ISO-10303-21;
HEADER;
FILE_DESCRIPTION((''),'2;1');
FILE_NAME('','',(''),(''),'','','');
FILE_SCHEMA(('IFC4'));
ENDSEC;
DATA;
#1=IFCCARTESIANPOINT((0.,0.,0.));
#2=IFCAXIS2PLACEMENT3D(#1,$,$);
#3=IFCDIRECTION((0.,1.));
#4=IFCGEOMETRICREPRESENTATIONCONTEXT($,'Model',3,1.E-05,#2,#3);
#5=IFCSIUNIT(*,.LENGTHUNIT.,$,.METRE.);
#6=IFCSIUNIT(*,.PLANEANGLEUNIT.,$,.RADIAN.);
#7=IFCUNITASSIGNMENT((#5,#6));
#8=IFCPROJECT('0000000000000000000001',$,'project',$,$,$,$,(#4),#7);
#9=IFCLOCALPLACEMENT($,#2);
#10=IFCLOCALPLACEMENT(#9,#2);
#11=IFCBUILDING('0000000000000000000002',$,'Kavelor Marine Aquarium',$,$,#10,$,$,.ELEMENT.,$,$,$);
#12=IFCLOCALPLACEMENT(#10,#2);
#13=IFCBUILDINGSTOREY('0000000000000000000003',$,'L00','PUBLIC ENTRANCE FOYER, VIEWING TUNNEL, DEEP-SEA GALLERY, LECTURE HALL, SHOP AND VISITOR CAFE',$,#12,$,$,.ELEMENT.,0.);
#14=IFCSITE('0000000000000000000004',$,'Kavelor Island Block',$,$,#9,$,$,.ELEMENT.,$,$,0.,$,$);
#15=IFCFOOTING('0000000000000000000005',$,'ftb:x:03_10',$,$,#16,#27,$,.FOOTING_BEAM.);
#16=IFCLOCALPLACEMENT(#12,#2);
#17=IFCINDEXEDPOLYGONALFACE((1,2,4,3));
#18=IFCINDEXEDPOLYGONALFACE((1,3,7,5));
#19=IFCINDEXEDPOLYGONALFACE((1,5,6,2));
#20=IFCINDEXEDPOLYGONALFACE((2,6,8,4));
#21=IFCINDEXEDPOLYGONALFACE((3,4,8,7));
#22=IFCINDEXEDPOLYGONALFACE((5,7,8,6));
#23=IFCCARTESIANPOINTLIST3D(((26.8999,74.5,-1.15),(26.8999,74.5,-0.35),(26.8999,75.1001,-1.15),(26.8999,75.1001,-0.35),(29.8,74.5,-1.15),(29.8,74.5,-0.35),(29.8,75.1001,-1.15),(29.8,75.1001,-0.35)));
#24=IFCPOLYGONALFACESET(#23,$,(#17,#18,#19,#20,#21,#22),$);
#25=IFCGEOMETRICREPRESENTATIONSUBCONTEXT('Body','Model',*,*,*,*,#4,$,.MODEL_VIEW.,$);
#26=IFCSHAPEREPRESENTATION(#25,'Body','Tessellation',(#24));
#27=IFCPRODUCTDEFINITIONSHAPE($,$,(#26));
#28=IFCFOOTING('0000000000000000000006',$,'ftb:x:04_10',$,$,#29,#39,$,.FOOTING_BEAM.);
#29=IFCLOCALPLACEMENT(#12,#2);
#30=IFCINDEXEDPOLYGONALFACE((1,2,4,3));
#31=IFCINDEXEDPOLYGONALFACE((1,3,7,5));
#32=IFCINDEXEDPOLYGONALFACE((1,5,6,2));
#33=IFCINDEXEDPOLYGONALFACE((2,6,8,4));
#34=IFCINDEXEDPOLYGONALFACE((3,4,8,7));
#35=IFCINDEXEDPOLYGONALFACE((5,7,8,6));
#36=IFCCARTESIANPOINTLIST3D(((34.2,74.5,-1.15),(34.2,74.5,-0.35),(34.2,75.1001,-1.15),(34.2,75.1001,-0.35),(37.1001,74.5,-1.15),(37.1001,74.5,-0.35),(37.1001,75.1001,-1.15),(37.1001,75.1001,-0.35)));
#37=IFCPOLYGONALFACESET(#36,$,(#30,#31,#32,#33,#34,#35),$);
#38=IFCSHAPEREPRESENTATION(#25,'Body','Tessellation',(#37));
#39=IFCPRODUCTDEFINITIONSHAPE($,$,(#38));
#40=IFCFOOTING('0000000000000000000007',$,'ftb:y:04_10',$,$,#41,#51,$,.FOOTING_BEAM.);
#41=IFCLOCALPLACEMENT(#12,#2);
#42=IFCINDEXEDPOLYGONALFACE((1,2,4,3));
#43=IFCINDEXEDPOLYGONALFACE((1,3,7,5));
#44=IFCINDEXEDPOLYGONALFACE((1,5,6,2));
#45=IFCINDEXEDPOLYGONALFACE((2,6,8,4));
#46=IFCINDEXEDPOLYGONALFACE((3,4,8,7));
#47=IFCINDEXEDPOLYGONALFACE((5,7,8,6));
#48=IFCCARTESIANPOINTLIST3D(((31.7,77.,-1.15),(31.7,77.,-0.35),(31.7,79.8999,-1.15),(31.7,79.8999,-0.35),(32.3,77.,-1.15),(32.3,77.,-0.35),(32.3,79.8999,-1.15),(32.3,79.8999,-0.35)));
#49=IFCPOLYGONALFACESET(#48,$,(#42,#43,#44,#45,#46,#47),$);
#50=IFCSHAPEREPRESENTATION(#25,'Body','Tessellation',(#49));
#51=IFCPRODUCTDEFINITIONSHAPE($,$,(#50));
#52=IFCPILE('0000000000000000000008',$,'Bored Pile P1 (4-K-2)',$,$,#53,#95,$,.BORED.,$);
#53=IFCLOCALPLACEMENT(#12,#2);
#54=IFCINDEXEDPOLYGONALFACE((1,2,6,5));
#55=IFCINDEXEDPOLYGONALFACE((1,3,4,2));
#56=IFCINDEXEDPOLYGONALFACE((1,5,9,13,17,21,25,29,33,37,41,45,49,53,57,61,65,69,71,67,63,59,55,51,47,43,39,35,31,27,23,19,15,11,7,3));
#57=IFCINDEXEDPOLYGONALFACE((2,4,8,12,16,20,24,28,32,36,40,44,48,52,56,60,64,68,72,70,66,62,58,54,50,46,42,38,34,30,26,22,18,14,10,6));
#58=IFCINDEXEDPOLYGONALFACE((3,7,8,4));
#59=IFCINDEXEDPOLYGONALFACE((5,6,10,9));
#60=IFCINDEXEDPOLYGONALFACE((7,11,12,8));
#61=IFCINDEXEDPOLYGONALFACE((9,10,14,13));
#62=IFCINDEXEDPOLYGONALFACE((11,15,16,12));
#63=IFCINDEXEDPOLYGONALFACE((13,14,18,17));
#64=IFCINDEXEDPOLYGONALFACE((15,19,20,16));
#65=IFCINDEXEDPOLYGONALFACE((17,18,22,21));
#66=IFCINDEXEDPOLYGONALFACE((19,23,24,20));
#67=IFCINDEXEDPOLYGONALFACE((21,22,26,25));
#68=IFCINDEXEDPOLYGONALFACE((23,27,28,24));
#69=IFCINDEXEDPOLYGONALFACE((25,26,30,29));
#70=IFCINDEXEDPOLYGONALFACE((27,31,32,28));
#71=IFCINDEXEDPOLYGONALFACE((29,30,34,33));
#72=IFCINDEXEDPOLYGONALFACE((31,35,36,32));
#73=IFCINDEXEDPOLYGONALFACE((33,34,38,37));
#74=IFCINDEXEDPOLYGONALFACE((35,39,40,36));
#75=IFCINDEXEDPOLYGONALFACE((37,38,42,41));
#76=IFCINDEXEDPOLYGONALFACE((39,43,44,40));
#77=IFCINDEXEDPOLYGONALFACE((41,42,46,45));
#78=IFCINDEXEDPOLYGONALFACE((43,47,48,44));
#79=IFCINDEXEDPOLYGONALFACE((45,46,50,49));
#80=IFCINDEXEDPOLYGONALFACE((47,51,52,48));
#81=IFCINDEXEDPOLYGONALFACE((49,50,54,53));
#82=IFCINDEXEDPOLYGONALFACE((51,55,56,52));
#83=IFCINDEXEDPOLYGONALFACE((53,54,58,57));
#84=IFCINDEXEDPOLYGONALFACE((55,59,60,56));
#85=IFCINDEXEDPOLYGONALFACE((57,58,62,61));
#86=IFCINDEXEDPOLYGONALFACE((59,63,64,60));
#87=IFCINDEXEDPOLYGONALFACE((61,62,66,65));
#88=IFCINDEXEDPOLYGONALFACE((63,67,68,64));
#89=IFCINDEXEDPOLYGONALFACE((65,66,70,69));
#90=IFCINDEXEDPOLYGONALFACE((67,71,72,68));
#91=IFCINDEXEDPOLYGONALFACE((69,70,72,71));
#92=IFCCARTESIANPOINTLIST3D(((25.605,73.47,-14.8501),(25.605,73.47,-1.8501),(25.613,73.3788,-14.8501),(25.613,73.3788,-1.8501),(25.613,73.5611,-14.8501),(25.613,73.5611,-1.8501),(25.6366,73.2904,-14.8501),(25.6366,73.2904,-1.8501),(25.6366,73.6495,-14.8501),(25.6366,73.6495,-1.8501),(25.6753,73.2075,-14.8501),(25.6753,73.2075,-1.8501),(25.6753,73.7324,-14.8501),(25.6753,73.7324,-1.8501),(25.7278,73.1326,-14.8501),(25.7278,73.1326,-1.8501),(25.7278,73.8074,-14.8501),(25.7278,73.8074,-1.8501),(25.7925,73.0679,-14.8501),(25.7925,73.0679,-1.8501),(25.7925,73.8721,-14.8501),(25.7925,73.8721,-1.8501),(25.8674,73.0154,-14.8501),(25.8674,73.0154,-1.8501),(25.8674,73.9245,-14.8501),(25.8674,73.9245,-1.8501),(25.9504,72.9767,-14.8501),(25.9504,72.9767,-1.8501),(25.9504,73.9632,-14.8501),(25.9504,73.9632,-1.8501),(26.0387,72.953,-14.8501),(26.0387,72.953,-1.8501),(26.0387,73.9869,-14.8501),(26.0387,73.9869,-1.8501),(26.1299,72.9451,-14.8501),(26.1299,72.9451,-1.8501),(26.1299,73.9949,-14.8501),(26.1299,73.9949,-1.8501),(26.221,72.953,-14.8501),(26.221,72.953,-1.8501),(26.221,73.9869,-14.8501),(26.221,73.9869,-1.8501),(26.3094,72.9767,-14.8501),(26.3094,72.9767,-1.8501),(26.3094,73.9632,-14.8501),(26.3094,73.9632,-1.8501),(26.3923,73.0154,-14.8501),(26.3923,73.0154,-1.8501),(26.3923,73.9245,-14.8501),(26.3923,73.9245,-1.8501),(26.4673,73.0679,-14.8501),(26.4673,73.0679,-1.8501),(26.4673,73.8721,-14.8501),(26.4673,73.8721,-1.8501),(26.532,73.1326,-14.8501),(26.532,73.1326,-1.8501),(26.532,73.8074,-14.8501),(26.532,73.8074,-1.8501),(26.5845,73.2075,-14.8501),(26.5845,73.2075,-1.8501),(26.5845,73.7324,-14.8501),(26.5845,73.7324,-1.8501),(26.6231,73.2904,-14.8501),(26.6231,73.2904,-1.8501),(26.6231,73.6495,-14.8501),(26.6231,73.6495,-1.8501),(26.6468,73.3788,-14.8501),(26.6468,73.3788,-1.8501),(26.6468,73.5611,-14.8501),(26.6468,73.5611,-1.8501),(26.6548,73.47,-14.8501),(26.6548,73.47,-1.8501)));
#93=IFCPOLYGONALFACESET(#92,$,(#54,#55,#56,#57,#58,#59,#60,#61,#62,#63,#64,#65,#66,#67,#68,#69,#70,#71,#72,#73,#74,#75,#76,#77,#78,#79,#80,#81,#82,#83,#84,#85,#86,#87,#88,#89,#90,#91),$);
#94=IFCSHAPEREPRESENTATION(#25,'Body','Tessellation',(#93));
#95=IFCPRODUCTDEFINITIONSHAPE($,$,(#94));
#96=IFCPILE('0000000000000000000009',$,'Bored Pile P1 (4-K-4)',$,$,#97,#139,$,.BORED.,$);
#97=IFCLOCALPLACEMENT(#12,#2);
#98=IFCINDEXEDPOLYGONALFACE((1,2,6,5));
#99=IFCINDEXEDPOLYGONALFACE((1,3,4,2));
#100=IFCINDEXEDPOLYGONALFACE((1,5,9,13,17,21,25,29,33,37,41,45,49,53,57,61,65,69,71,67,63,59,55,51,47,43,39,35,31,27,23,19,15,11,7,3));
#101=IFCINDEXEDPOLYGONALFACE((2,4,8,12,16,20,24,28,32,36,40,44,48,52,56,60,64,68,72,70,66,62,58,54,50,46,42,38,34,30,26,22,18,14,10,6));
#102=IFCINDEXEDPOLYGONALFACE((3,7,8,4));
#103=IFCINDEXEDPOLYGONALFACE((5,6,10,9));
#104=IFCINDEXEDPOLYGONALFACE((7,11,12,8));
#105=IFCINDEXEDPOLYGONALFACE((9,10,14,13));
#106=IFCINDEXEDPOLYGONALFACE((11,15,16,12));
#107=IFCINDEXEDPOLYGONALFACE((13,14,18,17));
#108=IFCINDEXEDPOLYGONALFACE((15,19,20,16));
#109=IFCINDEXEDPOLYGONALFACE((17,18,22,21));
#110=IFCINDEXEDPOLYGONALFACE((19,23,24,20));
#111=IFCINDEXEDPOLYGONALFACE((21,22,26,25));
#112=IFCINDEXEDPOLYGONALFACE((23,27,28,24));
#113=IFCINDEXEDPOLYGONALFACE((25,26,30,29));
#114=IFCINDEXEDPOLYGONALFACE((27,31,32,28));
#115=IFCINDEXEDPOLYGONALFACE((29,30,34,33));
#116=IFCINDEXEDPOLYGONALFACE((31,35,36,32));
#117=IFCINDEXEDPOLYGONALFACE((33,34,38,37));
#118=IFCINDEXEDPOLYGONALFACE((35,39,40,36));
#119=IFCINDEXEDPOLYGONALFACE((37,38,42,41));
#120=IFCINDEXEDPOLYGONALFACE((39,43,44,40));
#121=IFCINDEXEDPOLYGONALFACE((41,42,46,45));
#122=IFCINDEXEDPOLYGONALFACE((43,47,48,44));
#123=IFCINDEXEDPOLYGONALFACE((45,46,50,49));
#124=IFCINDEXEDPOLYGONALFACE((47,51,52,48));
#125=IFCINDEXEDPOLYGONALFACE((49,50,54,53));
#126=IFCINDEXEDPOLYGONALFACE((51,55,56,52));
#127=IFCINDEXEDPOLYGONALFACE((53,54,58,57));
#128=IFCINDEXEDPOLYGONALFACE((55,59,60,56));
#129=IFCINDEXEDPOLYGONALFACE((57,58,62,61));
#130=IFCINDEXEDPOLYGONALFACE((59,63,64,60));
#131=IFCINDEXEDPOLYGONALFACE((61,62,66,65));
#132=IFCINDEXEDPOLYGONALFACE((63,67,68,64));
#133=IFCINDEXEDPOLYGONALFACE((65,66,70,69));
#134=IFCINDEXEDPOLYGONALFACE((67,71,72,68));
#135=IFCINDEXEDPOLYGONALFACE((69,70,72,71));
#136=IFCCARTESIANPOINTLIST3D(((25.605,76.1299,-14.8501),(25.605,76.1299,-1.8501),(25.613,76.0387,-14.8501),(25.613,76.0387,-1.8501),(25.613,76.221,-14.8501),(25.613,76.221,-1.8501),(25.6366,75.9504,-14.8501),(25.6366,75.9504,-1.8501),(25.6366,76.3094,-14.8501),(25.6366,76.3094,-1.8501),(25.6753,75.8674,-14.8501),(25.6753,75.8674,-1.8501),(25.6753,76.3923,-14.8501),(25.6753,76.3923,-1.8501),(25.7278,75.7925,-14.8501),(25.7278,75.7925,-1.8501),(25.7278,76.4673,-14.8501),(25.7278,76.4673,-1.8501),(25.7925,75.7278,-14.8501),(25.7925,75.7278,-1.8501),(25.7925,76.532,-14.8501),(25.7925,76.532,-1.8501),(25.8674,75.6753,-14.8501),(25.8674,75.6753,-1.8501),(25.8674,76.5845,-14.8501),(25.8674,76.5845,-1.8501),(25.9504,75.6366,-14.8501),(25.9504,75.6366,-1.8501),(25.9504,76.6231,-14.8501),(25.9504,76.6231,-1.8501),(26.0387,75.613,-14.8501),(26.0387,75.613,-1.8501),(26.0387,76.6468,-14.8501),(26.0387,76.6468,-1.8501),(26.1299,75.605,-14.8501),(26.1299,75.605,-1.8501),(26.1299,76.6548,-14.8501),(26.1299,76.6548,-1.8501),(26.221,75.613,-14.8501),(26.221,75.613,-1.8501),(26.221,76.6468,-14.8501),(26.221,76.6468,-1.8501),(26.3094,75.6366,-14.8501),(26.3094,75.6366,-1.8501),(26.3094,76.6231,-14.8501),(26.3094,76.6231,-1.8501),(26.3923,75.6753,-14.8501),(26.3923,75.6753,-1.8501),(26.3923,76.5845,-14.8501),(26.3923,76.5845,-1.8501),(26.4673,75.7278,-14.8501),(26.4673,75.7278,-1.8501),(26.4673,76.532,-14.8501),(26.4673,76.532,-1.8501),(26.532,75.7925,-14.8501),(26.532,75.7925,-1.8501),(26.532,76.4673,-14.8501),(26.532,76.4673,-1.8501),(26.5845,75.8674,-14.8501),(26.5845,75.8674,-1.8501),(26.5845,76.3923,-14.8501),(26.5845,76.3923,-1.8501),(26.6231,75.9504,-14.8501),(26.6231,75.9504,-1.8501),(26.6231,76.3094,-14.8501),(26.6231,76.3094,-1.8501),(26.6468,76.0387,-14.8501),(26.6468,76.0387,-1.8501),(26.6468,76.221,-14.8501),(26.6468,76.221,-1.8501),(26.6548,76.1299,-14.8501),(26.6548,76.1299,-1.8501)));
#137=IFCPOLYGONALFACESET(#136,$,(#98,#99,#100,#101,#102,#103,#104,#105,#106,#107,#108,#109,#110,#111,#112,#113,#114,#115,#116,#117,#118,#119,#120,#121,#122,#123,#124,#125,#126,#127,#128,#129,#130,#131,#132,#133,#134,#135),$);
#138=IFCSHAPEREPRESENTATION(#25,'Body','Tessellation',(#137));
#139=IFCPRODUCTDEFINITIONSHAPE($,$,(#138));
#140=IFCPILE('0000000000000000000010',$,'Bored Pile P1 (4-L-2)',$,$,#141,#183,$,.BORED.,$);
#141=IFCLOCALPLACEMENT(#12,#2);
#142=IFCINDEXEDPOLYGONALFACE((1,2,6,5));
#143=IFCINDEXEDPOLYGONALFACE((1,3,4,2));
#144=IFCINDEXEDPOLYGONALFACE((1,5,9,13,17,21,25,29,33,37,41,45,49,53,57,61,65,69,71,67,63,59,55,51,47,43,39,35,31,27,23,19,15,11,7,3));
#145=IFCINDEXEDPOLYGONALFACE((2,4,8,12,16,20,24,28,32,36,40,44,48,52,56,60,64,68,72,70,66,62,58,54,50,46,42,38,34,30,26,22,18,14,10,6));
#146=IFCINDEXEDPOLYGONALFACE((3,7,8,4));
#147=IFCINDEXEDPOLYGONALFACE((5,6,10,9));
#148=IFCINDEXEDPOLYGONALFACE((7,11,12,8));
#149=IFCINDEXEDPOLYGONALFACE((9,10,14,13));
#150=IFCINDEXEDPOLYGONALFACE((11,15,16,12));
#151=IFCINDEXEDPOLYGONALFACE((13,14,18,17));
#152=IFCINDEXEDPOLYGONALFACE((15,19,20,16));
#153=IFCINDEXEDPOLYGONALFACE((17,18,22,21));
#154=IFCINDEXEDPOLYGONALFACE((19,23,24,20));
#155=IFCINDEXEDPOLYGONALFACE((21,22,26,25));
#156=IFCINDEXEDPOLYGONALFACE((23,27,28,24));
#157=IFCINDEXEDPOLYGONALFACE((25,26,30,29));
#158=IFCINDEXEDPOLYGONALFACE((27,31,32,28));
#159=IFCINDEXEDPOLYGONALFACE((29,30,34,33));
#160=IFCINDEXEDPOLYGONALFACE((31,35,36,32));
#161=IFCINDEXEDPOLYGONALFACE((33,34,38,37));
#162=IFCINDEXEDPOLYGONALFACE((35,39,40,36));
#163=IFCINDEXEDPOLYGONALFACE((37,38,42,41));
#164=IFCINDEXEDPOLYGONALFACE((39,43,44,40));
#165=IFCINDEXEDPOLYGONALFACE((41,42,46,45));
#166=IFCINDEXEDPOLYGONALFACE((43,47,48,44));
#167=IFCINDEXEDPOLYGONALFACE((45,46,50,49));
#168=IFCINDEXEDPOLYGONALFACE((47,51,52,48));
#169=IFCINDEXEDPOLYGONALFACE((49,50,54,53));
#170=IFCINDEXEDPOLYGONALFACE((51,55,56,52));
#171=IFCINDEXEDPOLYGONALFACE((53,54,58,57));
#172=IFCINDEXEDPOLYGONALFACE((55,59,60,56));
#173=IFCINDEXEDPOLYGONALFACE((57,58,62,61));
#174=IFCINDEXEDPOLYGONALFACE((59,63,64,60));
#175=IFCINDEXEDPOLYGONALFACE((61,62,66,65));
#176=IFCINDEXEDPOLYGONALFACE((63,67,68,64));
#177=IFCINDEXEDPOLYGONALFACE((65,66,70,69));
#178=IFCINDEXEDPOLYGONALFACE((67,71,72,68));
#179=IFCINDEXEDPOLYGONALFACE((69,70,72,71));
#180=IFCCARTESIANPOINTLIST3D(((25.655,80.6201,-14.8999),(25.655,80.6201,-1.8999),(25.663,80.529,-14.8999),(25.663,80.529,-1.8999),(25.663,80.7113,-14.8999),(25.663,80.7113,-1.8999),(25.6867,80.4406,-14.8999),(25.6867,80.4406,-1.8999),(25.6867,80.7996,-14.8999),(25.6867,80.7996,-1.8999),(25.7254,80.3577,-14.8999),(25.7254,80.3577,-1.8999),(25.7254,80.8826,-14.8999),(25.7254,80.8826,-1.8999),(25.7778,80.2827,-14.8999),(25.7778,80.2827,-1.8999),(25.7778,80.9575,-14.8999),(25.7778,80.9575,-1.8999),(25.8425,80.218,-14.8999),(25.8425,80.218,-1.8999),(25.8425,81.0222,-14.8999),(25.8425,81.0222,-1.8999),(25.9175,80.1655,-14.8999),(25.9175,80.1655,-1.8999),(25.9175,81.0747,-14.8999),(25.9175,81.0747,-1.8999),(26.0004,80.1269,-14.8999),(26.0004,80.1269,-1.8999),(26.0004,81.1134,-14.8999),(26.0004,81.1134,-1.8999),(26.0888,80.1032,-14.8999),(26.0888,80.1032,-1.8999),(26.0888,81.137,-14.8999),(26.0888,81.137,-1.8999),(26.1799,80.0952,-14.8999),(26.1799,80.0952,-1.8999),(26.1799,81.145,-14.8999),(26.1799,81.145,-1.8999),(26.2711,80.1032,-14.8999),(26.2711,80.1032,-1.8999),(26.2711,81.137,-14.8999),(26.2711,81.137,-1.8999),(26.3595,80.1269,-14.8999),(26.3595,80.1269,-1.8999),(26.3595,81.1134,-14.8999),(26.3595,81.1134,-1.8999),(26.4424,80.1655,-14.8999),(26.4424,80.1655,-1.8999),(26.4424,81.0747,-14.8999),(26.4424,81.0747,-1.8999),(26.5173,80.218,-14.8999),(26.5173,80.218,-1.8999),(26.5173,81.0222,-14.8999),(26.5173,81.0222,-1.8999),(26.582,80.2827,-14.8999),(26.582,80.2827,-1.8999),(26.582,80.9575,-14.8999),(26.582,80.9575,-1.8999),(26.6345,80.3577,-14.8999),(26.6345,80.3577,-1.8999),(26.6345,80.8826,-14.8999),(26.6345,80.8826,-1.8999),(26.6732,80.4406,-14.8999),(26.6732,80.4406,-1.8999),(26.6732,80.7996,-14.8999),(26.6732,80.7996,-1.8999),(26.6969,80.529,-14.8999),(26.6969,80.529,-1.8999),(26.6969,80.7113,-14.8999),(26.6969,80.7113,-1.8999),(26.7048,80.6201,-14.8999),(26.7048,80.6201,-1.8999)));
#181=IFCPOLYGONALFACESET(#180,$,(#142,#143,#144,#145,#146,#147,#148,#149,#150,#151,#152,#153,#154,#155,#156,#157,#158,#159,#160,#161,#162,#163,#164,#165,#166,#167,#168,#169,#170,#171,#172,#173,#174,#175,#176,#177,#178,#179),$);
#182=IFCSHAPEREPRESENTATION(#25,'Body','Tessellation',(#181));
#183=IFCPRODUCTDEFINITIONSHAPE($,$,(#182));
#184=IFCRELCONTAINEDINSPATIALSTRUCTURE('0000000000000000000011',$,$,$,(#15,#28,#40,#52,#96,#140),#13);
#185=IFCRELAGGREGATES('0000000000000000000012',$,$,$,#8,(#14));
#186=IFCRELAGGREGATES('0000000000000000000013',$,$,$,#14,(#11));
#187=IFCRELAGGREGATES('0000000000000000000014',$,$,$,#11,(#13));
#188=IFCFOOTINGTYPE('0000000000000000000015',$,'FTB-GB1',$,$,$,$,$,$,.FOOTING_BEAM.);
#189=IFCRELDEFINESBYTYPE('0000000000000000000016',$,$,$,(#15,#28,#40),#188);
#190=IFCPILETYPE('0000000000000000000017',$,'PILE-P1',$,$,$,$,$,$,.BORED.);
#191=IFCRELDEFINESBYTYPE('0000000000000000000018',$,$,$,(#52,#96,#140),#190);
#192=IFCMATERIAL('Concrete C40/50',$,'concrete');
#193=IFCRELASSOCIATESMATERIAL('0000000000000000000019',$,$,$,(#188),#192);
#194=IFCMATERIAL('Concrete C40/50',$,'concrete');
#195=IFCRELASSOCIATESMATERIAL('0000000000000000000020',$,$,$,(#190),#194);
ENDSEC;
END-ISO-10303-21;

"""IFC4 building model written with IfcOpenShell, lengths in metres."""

from ifc_helpers import new_model, si_unit, direction, frame, origin, origin_2d, place, context, subcontext, project, spatial, rectangle, circle, extrude, material, material_profile, profile_set, type_object, element, save


model = new_model("IFC4")

# Units and contexts
model_context = context("Model", 3, precision=1e-05, world=origin(), true_north=direction((0.0, 1.0)))
body_context = subcontext(model_context, "Body", "Model", "MODEL_VIEW")
ifc_project = project(units=[si_unit("LENGTHUNIT", "METRE"), si_unit("PLANEANGLEUNIT", "RADIAN")], contexts=[model_context])

# Site, building, storey
site_placement = place(None, origin())
site = spatial("IfcSite", under=ifc_project, at=site_placement, Name="Kavelor Island Block", CompositionType="ELEMENT", RefElevation=0.0)
building_placement = place(site_placement, origin())
building = spatial("IfcBuilding", under=site, at=building_placement, Name="Kavelor Marine Aquarium", CompositionType="ELEMENT")
storey_placement = place(building_placement, origin())
storey = spatial("IfcBuildingStorey", under=building, at=storey_placement, Name="L00", Description="PUBLIC ENTRANCE FOYER, VIEWING TUNNEL, DEEP-SEA GALLERY, LECTURE HALL, SHOP AND VISITOR CAFE", CompositionType="ELEMENT", Elevation=0.0)

# Footings
ifc_material_1 = material(Name="Concrete C40/50", Category="concrete")
ifc_material_profile_1 = material_profile(ifc_material_1, rectangle(XDim=0.6001, YDim=0.8, at=origin_2d()), Name="GB 600x800")
ifc_profile_set_1 = profile_set([ifc_material_profile_1], Name="Concrete C40/50")
footing_type = type_object("IfcFootingType", Name="FTB-GB1", PredefinedType="FOOTING_BEAM", material=ifc_profile_set_1)
for number, where, z_axis, x_axis, name in (
    (1, (26.8999, 74.8, -0.75), (1.0, 0.0, 0.0), (0.0, 1.0, 0.0), "ftb:x:03_10"),
    (2, (34.2, 74.8, -0.75), (1.0, 0.0, 0.0), (0.0, 1.0, 0.0), "ftb:x:04_10"),
):
    element("IfcFooting", number, at=place(storey_placement, frame(where, z_axis=z_axis, x_axis=x_axis)), inside=storey, type_object=footing_type, Name=name, PredefinedType="FOOTING_BEAM", context=body_context, shape_type="SweptSolid", body=[
        extrude(rectangle(XDim=0.6001, YDim=0.8, at=origin_2d()), origin(), (0.0, 0.0, 1.0), 2.9001),
    ])
footing_placement = place(storey_placement, frame((32.0, 77.0, -0.75), z_axis=(0.0, 1.0, 0.0), x_axis=(-1.0, 0.0, 0.0)))
element("IfcFooting", 3, at=footing_placement, inside=storey, type_object=footing_type, Name="ftb:y:04_10", PredefinedType="FOOTING_BEAM", context=body_context, shape_type="SweptSolid", body=[
    extrude(rectangle(XDim=0.6001, YDim=0.8, at=origin_2d()), origin(), (0.0, 0.0, 1.0), 2.8999),
])

# Piles
ifc_material_2 = material(Name="Concrete C40/50", Category="concrete")
ifc_material_profile_2 = material_profile(ifc_material_2, circle(Radius=0.5249, at=origin_2d()), Name="PILE D1050")
ifc_profile_set_2 = profile_set([ifc_material_profile_2], Name="Concrete C40/50")
pile_type = type_object("IfcPileType", Name="PILE-P1", PredefinedType="BORED", material=ifc_profile_set_2)
for number, where, z_axis, x_axis, name in (
    (4, (26.1299, 73.47, -1.8501), (0.0, 0.0, -1.0), (1.0, 0.0, 0.0), "Bored Pile P1 (4-K-2)"),
    (5, (26.1299, 76.1299, -1.8501), (0.0, 0.0, -1.0), (1.0, 0.0, 0.0), "Bored Pile P1 (4-K-4)"),
    (6, (26.1799, 80.6201, -1.8999), (0.0, 0.0, -1.0), (1.0, 0.0, 0.0), "Bored Pile P1 (4-L-2)"),
):
    element("IfcPile", number, at=place(storey_placement, frame(where, z_axis=z_axis, x_axis=x_axis)), inside=storey, type_object=pile_type, Name=name, PredefinedType="BORED", context=body_context, shape_type="SweptSolid", body=[
        extrude(circle(Radius=0.5249, at=origin_2d()), origin(), (0.0, 0.0, 1.0), 13.0),
    ])

save(model, "model.ifc")
